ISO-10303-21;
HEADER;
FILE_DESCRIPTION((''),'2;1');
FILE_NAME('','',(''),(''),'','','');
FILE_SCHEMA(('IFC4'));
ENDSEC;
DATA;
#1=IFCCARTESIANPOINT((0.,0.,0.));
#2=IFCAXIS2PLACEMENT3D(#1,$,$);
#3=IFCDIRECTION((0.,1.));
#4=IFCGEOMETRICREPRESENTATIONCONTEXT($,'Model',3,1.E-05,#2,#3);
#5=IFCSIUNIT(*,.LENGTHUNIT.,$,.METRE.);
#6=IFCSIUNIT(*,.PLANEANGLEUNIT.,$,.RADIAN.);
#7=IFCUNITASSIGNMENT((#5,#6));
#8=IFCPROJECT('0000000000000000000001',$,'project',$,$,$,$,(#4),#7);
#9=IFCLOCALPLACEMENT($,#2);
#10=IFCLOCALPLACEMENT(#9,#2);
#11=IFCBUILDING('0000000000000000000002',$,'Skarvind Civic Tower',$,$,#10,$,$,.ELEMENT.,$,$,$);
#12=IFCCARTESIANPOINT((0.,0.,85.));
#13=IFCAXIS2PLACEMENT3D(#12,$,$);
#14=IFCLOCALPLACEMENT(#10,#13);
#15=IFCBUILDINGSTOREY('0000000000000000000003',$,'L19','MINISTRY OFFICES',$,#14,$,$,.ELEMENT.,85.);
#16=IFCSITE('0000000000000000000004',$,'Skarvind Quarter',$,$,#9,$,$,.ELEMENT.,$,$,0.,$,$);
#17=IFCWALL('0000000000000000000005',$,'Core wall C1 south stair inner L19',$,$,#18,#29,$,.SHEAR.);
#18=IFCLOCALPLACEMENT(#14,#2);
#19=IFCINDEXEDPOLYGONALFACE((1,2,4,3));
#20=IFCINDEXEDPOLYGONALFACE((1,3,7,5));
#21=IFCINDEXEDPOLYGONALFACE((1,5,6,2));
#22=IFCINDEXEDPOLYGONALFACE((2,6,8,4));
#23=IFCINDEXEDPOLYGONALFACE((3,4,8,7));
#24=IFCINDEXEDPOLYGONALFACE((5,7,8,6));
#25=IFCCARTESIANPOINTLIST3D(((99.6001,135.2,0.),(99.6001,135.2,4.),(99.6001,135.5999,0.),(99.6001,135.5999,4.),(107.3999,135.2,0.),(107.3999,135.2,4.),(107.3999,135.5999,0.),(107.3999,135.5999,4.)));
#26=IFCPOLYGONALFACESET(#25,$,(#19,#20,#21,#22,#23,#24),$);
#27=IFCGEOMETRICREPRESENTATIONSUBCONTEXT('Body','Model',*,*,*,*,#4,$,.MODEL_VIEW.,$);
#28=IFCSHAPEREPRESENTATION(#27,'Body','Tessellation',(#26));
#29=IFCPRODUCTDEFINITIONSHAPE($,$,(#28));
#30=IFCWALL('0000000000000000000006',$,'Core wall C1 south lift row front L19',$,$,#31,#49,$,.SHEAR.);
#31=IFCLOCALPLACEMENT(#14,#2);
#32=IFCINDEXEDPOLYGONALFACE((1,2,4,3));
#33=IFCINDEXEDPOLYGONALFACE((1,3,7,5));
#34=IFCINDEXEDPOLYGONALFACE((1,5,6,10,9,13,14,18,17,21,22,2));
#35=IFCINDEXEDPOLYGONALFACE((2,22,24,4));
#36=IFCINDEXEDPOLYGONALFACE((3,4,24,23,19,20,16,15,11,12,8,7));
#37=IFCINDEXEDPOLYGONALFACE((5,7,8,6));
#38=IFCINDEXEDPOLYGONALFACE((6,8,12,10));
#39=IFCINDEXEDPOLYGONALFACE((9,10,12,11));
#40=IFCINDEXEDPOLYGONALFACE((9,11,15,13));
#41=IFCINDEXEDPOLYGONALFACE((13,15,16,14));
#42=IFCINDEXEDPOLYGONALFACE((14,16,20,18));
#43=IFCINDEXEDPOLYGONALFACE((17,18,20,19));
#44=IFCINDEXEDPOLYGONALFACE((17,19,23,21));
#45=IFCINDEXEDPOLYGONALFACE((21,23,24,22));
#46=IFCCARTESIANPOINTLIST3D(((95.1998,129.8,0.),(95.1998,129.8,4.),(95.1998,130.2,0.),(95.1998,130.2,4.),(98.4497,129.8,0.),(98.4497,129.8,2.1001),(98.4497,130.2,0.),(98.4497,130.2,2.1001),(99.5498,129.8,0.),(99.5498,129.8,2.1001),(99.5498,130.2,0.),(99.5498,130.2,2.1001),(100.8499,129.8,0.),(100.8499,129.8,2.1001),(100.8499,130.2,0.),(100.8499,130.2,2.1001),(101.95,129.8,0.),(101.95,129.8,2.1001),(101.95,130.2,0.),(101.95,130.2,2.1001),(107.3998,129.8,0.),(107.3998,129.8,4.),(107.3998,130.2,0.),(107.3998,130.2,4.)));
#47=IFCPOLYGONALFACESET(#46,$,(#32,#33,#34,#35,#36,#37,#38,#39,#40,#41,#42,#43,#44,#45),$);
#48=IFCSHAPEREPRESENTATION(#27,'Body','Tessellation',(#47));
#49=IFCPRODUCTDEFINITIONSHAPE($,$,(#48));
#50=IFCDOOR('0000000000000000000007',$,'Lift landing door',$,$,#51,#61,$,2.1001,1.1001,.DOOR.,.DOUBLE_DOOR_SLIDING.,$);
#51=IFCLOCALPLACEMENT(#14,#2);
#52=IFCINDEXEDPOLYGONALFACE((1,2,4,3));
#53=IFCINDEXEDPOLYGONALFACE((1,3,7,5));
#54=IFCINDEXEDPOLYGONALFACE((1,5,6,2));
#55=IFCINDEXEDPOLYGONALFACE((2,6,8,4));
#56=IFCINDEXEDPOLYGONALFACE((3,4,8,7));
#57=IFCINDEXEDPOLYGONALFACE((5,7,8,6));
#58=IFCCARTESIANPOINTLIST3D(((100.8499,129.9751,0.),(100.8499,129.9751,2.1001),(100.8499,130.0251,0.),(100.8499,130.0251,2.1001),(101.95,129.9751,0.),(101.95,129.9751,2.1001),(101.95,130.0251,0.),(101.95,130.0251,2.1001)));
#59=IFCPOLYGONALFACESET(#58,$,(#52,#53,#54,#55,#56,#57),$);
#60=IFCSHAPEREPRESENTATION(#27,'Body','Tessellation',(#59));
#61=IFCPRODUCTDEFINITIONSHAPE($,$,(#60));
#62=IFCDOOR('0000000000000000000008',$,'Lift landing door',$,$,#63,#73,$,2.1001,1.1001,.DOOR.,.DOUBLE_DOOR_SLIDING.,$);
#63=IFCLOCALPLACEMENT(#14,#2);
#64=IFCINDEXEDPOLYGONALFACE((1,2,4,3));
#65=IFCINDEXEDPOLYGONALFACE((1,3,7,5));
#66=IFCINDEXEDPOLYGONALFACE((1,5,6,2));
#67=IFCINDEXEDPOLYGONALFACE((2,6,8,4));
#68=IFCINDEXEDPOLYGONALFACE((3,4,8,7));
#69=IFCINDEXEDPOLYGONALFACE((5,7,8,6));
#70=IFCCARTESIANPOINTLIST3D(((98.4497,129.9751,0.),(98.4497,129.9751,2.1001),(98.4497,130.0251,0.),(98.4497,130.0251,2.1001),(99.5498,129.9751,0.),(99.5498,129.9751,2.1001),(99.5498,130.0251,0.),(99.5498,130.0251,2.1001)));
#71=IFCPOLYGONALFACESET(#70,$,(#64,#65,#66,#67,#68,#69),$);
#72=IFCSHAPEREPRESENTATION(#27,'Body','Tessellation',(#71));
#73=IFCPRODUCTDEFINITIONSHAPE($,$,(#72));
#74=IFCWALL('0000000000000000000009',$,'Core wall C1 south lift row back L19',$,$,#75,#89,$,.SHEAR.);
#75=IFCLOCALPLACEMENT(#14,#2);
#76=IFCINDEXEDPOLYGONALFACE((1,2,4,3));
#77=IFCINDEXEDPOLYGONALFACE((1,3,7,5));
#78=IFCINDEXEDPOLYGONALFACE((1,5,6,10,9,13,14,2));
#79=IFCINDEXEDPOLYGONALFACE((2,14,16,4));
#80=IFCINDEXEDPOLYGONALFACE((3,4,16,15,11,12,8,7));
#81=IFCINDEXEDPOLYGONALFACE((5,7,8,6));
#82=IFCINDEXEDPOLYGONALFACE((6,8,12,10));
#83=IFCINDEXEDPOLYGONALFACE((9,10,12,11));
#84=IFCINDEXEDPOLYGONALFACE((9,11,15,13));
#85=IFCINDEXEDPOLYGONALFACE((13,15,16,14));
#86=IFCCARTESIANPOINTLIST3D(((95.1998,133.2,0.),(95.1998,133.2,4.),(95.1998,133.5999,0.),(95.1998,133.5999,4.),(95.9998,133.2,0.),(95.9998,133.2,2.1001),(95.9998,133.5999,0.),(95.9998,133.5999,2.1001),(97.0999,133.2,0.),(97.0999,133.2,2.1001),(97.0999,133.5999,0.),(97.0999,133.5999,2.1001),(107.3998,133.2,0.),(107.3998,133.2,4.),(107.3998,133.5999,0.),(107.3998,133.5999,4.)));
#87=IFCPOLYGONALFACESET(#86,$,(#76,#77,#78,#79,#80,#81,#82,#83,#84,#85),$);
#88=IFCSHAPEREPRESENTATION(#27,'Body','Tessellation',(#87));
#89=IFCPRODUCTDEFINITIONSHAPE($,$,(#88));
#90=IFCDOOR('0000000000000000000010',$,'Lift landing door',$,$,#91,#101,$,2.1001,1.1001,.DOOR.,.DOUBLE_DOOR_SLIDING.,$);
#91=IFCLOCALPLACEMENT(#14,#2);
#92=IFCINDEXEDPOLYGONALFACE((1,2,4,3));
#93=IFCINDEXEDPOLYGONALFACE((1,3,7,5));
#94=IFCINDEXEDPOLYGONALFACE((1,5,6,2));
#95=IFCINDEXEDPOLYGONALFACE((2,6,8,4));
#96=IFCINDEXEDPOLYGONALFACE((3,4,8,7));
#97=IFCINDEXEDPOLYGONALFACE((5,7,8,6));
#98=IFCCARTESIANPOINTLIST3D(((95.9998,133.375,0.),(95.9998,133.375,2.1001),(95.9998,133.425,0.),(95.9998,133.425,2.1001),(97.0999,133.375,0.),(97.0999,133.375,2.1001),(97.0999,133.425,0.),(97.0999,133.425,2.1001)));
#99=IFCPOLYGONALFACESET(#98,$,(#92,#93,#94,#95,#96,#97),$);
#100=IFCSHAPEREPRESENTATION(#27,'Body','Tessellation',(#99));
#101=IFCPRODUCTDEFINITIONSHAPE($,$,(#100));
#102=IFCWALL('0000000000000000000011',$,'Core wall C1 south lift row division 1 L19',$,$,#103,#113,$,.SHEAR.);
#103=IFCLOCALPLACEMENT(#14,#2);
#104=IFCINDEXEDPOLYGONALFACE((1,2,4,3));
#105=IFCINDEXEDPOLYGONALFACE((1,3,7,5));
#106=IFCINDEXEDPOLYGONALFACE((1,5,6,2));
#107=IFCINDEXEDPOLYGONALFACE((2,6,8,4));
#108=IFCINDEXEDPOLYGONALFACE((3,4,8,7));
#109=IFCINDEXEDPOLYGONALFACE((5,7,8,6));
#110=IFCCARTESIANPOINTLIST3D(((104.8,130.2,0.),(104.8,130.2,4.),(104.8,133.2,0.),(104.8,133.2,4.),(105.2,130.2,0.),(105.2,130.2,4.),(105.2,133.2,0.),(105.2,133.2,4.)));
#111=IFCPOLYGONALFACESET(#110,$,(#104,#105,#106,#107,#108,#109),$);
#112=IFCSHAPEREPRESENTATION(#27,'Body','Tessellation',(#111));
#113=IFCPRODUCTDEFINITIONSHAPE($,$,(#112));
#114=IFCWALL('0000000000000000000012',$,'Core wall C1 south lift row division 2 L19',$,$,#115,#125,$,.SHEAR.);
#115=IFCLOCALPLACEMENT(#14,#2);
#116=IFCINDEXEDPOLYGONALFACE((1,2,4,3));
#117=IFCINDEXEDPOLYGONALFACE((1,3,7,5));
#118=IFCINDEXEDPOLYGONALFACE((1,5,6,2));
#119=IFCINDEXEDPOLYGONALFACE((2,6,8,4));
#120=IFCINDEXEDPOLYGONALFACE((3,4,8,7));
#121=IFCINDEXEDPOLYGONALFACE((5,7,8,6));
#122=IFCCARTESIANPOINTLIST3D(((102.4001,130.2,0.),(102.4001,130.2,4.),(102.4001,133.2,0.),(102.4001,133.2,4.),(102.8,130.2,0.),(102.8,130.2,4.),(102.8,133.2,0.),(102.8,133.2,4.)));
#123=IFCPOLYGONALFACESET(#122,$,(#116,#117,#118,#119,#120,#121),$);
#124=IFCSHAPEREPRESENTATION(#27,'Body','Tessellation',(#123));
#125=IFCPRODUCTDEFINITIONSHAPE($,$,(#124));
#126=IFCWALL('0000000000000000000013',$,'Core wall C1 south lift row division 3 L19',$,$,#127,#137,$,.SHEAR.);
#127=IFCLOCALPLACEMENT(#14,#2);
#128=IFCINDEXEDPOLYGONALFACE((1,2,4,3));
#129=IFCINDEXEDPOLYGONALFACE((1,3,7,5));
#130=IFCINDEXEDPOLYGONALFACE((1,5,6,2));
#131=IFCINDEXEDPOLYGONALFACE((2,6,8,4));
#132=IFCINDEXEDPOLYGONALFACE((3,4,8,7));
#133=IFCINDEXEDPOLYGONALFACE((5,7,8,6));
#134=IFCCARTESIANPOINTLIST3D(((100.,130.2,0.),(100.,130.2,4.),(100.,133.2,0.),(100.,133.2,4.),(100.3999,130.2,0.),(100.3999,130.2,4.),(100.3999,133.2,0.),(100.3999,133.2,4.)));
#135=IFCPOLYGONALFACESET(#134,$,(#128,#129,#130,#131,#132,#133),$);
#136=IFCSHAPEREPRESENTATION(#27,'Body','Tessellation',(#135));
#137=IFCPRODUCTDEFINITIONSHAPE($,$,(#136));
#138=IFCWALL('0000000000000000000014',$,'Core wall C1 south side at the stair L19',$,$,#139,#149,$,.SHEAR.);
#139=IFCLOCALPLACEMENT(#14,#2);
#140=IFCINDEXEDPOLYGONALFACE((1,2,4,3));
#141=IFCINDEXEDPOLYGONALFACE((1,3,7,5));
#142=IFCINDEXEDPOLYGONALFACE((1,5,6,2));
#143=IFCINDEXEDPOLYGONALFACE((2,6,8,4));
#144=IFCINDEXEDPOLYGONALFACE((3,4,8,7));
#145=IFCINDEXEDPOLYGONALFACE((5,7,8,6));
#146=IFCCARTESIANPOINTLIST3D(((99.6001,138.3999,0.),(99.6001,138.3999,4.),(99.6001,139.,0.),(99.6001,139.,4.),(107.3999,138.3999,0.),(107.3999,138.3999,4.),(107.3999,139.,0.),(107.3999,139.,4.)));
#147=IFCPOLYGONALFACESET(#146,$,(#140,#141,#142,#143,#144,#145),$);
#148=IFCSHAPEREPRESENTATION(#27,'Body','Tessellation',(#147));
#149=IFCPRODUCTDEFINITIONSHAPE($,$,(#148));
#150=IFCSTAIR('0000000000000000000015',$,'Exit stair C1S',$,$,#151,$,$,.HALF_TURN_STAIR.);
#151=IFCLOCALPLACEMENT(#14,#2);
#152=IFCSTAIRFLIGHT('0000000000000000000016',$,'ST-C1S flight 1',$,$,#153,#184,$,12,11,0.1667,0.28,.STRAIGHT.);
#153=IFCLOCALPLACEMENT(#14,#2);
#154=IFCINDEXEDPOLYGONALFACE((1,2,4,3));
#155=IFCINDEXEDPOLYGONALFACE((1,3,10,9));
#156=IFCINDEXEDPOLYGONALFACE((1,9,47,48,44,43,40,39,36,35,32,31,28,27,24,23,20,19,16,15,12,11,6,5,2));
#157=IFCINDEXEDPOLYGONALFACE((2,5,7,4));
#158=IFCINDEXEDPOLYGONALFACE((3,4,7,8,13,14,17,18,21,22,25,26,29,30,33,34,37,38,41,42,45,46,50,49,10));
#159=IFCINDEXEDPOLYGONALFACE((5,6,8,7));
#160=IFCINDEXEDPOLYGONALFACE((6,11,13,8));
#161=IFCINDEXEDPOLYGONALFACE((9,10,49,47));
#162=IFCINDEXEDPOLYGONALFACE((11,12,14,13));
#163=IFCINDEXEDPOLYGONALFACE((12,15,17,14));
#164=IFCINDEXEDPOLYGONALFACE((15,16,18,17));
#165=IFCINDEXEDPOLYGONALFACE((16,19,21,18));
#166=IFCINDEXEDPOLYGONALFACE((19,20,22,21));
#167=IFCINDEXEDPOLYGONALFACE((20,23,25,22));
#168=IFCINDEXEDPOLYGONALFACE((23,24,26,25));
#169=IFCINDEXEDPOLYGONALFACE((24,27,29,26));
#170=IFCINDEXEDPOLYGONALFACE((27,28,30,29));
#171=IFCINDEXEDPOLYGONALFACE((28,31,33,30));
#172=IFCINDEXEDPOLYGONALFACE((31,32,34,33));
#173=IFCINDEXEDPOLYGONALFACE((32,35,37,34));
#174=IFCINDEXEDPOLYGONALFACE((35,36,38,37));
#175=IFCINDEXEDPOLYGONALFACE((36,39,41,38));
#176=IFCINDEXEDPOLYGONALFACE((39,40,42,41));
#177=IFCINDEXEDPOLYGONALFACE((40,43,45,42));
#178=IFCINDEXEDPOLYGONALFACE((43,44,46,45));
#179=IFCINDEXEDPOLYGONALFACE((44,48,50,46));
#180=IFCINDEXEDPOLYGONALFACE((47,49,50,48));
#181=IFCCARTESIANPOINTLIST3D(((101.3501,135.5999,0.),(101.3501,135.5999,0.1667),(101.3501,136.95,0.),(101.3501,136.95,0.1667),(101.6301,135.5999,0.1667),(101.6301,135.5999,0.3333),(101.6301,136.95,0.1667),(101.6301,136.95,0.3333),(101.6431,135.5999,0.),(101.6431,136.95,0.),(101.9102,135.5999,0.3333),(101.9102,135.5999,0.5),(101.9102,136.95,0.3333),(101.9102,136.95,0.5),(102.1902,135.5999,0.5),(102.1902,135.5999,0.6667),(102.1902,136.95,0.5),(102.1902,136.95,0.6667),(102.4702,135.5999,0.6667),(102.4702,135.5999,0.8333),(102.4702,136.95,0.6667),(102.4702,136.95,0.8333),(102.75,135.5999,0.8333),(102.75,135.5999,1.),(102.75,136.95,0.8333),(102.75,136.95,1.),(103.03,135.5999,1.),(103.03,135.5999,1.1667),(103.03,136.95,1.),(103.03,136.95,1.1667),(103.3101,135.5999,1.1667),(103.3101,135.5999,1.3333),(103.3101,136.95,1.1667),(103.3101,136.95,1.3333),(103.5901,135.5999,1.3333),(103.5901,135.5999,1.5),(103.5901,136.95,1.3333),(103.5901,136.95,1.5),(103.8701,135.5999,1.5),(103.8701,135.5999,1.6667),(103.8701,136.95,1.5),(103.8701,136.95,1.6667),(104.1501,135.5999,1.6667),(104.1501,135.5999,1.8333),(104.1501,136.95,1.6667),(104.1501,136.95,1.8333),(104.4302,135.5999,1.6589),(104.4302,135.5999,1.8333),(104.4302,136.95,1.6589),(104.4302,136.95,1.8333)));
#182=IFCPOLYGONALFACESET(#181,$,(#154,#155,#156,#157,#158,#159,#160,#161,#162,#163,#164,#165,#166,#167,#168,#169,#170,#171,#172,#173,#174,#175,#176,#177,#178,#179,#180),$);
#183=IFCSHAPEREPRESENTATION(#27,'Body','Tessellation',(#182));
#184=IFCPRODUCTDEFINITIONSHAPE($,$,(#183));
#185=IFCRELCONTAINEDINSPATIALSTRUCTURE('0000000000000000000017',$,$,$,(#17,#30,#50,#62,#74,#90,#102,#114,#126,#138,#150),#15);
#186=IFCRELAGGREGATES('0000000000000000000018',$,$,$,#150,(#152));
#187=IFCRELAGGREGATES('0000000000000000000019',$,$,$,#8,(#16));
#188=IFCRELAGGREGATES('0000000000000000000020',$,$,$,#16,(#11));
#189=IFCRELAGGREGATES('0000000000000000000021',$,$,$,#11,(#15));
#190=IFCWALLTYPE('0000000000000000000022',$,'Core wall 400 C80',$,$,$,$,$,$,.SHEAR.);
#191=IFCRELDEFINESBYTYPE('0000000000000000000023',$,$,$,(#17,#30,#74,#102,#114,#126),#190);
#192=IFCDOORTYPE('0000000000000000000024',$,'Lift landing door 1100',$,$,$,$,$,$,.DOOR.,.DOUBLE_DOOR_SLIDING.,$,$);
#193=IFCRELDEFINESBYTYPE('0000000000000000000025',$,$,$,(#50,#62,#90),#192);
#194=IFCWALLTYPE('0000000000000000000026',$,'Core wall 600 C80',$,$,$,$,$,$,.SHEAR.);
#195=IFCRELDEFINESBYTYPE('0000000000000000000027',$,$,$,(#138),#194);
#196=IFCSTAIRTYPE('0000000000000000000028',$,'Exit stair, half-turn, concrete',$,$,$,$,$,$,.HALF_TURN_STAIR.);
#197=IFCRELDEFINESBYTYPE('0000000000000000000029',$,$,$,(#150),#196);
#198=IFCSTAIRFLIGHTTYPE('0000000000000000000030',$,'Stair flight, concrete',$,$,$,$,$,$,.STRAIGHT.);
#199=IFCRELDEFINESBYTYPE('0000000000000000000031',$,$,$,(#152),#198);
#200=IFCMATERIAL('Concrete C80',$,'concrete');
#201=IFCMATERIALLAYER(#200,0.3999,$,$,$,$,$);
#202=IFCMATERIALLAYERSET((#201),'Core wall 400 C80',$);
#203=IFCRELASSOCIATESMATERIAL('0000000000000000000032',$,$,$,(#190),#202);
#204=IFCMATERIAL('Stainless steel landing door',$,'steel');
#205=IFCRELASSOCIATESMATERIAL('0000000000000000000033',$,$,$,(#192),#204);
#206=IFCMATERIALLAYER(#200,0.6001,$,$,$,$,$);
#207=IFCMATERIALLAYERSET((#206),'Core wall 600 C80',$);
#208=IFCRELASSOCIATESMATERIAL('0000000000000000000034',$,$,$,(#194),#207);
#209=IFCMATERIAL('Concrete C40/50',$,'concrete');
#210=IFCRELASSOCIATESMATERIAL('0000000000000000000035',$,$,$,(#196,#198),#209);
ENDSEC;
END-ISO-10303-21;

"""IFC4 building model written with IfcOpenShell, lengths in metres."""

from ifc_helpers import new_model, si_unit, direction, frame, frame_2d, origin, place, context, subcontext, project, spatial, polyline, rectangle, outline, extrude, material, layer, layer_set, type_object, element, fill, aggregate, save


model = new_model("IFC4")

# Units and contexts
model_context = context("Model", 3, precision=1e-05, world=origin(), true_north=direction((0.0, 1.0)))
body_context = subcontext(model_context, "Body", "Model", "MODEL_VIEW")
ifc_project = project(units=[si_unit("LENGTHUNIT", "METRE"), si_unit("PLANEANGLEUNIT", "RADIAN")], contexts=[model_context])

# Site, building, storey
site_placement = place(None, origin())
site = spatial("IfcSite", under=ifc_project, at=site_placement, Name="Skarvind Quarter", CompositionType="ELEMENT", RefElevation=0.0)
building_placement = place(site_placement, origin())
building = spatial("IfcBuilding", under=site, at=building_placement, Name="Skarvind Civic Tower", CompositionType="ELEMENT")
storey_placement = place(building_placement, frame((0.0, 0.0, 85.0)))
storey = spatial("IfcBuildingStorey", under=building, at=storey_placement, Name="L19", Description="MINISTRY OFFICES", CompositionType="ELEMENT", Elevation=85.0)

# Wall
ifc_material_1 = material(Name="Concrete C80", Category="concrete")
ifc_layer_1 = layer(ifc_material_1, 0.3999)
ifc_layer_set_1 = layer_set([ifc_layer_1], Name="Core wall 400 C80")
wall_type_1 = type_object("IfcWallType", Name="Core wall 400 C80", PredefinedType="SHEAR", material=ifc_layer_set_1)
wall_1_placement = place(storey_placement, frame((107.3999, 135.3999, 0.0), z_axis=(0.0, 0.0, 1.0), x_axis=(-1.0, 0.0, 0.0)))
element("IfcWall", 1, at=wall_1_placement, inside=storey, type_object=wall_type_1, Name="Core wall C1 south stair inner L19", PredefinedType="SHEAR", context=body_context, shape_type="SweptSolid", body=[
    extrude(rectangle(XDim=7.7998, YDim=0.3999, at=frame_2d((3.8999, 0.0))), origin(), (0.0, 0.0, 1.0), 4.0),
])

# Wall, openings, doors
wall_2_placement = place(storey_placement, frame((107.3999, 130.0, 0.0), z_axis=(0.0, 0.0, 1.0), x_axis=(-1.0, 0.0, 0.0)))
wall_2 = element("IfcWall", 2, at=wall_2_placement, inside=storey, type_object=wall_type_1, Name="Core wall C1 south lift row front L19", PredefinedType="SHEAR", context=body_context, shape_type="SweptSolid", body=[
    extrude(rectangle(XDim=12.2, YDim=0.3999, at=frame_2d((6.1001, 0.0))), origin(), (0.0, 0.0, 1.0), 4.0),
])
opening_1_placement = place(wall_2_placement, frame((5.45, 0.0, 0.0)))
opening_1 = element("IfcOpeningElement", 3, at=opening_1_placement, cuts=wall_2, PredefinedType="OPENING", context=body_context, shape_type="SweptSolid", body=[
    extrude(rectangle(XDim=1.1001, YDim=2.1001, at=frame_2d((0.55, 1.05))), frame((0.0, 0.21, 0.0), z_axis=(0.0, -1.0, 0.0), x_axis=(1.0, 0.0, 0.0)), (0.0, 0.0, 1.0), 0.4199),
])
opening_2_placement = place(wall_2_placement, frame((7.8501, 0.0, 0.0)))
opening_2 = element("IfcOpeningElement", 4, at=opening_2_placement, cuts=wall_2, PredefinedType="OPENING", context=body_context, shape_type="SweptSolid", body=[
    extrude(rectangle(XDim=1.1001, YDim=2.1001, at=frame_2d((0.55, 1.05))), frame((0.0, 0.21, 0.0), z_axis=(0.0, -1.0, 0.0), x_axis=(1.0, 0.0, 0.0)), (0.0, 0.0, 1.0), 0.4199),
])
ifc_material_2 = material(Name="Stainless steel landing door", Category="steel")
door_type = type_object("IfcDoorType", Name="Lift landing door 1100", OperationType="DOUBLE_DOOR_SLIDING", PredefinedType="DOOR", material=ifc_material_2)
door_1_placement = place(opening_1_placement, origin())
door_1 = element("IfcDoor", 5, at=door_1_placement, inside=storey, type_object=door_type, Name="Lift landing door", OperationType="DOUBLE_DOOR_SLIDING", OverallHeight=2.1001, OverallWidth=1.1001, PredefinedType="DOOR", context=body_context, shape_type="SweptSolid", body=[
    extrude(rectangle(XDim=1.1001, YDim=2.1001, at=frame_2d((0.55, 1.05))), frame((0.0, 0.0249, 0.0), z_axis=(0.0, -1.0, 0.0), x_axis=(1.0, 0.0, 0.0)), (0.0, 0.0, 1.0), 0.05),
])
fill(opening_1, door_1)
door_2_placement = place(opening_2_placement, origin())
door_2 = element("IfcDoor", 6, at=door_2_placement, inside=storey, type_object=door_type, Name="Lift landing door", OperationType="DOUBLE_DOOR_SLIDING", OverallHeight=2.1001, OverallWidth=1.1001, PredefinedType="DOOR", context=body_context, shape_type="SweptSolid", body=[
    extrude(rectangle(XDim=1.1001, YDim=2.1001, at=frame_2d((0.55, 1.05))), frame((0.0, 0.0249, 0.0), z_axis=(0.0, -1.0, 0.0), x_axis=(1.0, 0.0, 0.0)), (0.0, 0.0, 1.0), 0.05),
])
fill(opening_2, door_2)

# Wall, opening, door
wall_3_placement = place(storey_placement, frame((107.3999, 133.3999, 0.0), z_axis=(0.0, 0.0, 1.0), x_axis=(-1.0, 0.0, 0.0)))
wall_3 = element("IfcWall", 7, at=wall_3_placement, inside=storey, type_object=wall_type_1, Name="Core wall C1 south lift row back L19", PredefinedType="SHEAR", context=body_context, shape_type="SweptSolid", body=[
    extrude(rectangle(XDim=12.2, YDim=0.3999, at=frame_2d((6.1001, 0.0))), origin(), (0.0, 0.0, 1.0), 4.0),
])
opening_3_placement = place(wall_3_placement, frame((10.3, 0.0, 0.0)))
opening_3 = element("IfcOpeningElement", 8, at=opening_3_placement, cuts=wall_3, PredefinedType="OPENING", context=body_context, shape_type="SweptSolid", body=[
    extrude(rectangle(XDim=1.1001, YDim=2.1001, at=frame_2d((0.55, 1.05))), frame((0.0, 0.21, 0.0), z_axis=(0.0, -1.0, 0.0), x_axis=(1.0, 0.0, 0.0)), (0.0, 0.0, 1.0), 0.4199),
])
door_3_placement = place(opening_3_placement, origin())
door_3 = element("IfcDoor", 9, at=door_3_placement, inside=storey, type_object=door_type, Name="Lift landing door", OperationType="DOUBLE_DOOR_SLIDING", OverallHeight=2.1001, OverallWidth=1.1001, PredefinedType="DOOR", context=body_context, shape_type="SweptSolid", body=[
    extrude(rectangle(XDim=1.1001, YDim=2.1001, at=frame_2d((0.55, 1.05))), frame((0.0, 0.0249, 0.0), z_axis=(0.0, -1.0, 0.0), x_axis=(1.0, 0.0, 0.0)), (0.0, 0.0, 1.0), 0.05),
])
fill(opening_3, door_3)

# Walls
for number, where, z_axis, x_axis, name in (
    (10, (105.0, 133.2, 0.0), (0.0, 0.0, 1.0), (0.0, -1.0, 0.0), "Core wall C1 south lift row division 1 L19"),
    (11, (102.6001, 133.2, 0.0), (0.0, 0.0, 1.0), (0.0, -1.0, 0.0), "Core wall C1 south lift row division 2 L19"),
    (12, (100.2, 133.2, 0.0), (0.0, 0.0, 1.0), (0.0, -1.0, 0.0), "Core wall C1 south lift row division 3 L19"),
):
    element("IfcWall", number, at=place(storey_placement, frame(where, z_axis=z_axis, x_axis=x_axis)), inside=storey, type_object=wall_type_1, Name=name, PredefinedType="SHEAR", context=body_context, shape_type="SweptSolid", body=[
        extrude(rectangle(XDim=3.0, YDim=0.3999, at=frame_2d((1.5, 0.0))), origin(), (0.0, 0.0, 1.0), 4.0),
    ])
ifc_layer_2 = layer(ifc_material_1, 0.6001)
ifc_layer_set_2 = layer_set([ifc_layer_2], Name="Core wall 600 C80")
wall_type_2 = type_object("IfcWallType", Name="Core wall 600 C80", PredefinedType="SHEAR", material=ifc_layer_set_2)
wall_4_placement = place(storey_placement, frame((107.3999, 138.7, 0.0), z_axis=(0.0, 0.0, 1.0), x_axis=(-1.0, 0.0, 0.0)))
element("IfcWall", 13, at=wall_4_placement, inside=storey, type_object=wall_type_2, Name="Core wall C1 south side at the stair L19", PredefinedType="SHEAR", context=body_context, shape_type="SweptSolid", body=[
    extrude(rectangle(XDim=7.7998, YDim=0.6001, at=frame_2d((3.8999, 0.0))), origin(), (0.0, 0.0, 1.0), 4.0),
])

# Stair, stair flight
ifc_material_3 = material(Name="Concrete C40/50", Category="concrete")
stair_type = type_object("IfcStairType", Name="Exit stair, half-turn, concrete", PredefinedType="HALF_TURN_STAIR", material=ifc_material_3)
stair_placement = place(storey_placement, origin())
stair = element("IfcStair", 14, at=stair_placement, inside=storey, type_object=stair_type, Name="Exit stair C1S", PredefinedType="HALF_TURN_STAIR")
stair_flight_type = type_object("IfcStairFlightType", Name="Stair flight, concrete", PredefinedType="STRAIGHT", material=ifc_material_3)
stair_flight_1_placement = place(storey_placement, frame((101.3501, 136.2749, 0.0), z_axis=(0.0, 0.0, 1.0), x_axis=(1.0, 0.0, 0.0)))
stair_flight_1 = element("IfcStairFlight", 15, at=stair_flight_1_placement, type_object=stair_flight_type, Name="ST-C1S flight 1", NumberOfRisers=12, NumberOfTreads=11, PredefinedType="STRAIGHT", RiserHeight=0.1667, TreadLength=0.28, context=body_context, shape_type="SweptSolid", body=[
    extrude(outline(polyline([(0.0, 0.0), (0.0, 0.1667), (0.28, 0.1667), (0.28, 0.3333), (0.5601, 0.3333), (0.5601, 0.5), (0.8401, 0.5), (0.8401, 0.6667), (1.1201, 0.6667), (1.1201, 0.8333), (1.3999, 0.8333), (1.3999, 1.0), (1.6799, 1.0), (1.6799, 1.1667), (1.96, 1.1667), (1.96, 1.3333), (2.24, 1.3333), (2.24, 1.5), (2.52, 1.5), (2.52, 1.6667), (2.8, 1.6667), (2.8, 1.8333), (3.0801, 1.8333), (3.0801, 2.0), (3.0801, 1.6589), (0.293, 0.0), (0.0, 0.0)])), frame((0.0, 0.675, 0.0), z_axis=(0.0, -1.0, 0.0), x_axis=(1.0, 0.0, 0.0)), (0.0, 0.0, 1.0), 1.3501),
])
aggregate(stair, [stair_flight_1])

save(model, "model.ifc")
